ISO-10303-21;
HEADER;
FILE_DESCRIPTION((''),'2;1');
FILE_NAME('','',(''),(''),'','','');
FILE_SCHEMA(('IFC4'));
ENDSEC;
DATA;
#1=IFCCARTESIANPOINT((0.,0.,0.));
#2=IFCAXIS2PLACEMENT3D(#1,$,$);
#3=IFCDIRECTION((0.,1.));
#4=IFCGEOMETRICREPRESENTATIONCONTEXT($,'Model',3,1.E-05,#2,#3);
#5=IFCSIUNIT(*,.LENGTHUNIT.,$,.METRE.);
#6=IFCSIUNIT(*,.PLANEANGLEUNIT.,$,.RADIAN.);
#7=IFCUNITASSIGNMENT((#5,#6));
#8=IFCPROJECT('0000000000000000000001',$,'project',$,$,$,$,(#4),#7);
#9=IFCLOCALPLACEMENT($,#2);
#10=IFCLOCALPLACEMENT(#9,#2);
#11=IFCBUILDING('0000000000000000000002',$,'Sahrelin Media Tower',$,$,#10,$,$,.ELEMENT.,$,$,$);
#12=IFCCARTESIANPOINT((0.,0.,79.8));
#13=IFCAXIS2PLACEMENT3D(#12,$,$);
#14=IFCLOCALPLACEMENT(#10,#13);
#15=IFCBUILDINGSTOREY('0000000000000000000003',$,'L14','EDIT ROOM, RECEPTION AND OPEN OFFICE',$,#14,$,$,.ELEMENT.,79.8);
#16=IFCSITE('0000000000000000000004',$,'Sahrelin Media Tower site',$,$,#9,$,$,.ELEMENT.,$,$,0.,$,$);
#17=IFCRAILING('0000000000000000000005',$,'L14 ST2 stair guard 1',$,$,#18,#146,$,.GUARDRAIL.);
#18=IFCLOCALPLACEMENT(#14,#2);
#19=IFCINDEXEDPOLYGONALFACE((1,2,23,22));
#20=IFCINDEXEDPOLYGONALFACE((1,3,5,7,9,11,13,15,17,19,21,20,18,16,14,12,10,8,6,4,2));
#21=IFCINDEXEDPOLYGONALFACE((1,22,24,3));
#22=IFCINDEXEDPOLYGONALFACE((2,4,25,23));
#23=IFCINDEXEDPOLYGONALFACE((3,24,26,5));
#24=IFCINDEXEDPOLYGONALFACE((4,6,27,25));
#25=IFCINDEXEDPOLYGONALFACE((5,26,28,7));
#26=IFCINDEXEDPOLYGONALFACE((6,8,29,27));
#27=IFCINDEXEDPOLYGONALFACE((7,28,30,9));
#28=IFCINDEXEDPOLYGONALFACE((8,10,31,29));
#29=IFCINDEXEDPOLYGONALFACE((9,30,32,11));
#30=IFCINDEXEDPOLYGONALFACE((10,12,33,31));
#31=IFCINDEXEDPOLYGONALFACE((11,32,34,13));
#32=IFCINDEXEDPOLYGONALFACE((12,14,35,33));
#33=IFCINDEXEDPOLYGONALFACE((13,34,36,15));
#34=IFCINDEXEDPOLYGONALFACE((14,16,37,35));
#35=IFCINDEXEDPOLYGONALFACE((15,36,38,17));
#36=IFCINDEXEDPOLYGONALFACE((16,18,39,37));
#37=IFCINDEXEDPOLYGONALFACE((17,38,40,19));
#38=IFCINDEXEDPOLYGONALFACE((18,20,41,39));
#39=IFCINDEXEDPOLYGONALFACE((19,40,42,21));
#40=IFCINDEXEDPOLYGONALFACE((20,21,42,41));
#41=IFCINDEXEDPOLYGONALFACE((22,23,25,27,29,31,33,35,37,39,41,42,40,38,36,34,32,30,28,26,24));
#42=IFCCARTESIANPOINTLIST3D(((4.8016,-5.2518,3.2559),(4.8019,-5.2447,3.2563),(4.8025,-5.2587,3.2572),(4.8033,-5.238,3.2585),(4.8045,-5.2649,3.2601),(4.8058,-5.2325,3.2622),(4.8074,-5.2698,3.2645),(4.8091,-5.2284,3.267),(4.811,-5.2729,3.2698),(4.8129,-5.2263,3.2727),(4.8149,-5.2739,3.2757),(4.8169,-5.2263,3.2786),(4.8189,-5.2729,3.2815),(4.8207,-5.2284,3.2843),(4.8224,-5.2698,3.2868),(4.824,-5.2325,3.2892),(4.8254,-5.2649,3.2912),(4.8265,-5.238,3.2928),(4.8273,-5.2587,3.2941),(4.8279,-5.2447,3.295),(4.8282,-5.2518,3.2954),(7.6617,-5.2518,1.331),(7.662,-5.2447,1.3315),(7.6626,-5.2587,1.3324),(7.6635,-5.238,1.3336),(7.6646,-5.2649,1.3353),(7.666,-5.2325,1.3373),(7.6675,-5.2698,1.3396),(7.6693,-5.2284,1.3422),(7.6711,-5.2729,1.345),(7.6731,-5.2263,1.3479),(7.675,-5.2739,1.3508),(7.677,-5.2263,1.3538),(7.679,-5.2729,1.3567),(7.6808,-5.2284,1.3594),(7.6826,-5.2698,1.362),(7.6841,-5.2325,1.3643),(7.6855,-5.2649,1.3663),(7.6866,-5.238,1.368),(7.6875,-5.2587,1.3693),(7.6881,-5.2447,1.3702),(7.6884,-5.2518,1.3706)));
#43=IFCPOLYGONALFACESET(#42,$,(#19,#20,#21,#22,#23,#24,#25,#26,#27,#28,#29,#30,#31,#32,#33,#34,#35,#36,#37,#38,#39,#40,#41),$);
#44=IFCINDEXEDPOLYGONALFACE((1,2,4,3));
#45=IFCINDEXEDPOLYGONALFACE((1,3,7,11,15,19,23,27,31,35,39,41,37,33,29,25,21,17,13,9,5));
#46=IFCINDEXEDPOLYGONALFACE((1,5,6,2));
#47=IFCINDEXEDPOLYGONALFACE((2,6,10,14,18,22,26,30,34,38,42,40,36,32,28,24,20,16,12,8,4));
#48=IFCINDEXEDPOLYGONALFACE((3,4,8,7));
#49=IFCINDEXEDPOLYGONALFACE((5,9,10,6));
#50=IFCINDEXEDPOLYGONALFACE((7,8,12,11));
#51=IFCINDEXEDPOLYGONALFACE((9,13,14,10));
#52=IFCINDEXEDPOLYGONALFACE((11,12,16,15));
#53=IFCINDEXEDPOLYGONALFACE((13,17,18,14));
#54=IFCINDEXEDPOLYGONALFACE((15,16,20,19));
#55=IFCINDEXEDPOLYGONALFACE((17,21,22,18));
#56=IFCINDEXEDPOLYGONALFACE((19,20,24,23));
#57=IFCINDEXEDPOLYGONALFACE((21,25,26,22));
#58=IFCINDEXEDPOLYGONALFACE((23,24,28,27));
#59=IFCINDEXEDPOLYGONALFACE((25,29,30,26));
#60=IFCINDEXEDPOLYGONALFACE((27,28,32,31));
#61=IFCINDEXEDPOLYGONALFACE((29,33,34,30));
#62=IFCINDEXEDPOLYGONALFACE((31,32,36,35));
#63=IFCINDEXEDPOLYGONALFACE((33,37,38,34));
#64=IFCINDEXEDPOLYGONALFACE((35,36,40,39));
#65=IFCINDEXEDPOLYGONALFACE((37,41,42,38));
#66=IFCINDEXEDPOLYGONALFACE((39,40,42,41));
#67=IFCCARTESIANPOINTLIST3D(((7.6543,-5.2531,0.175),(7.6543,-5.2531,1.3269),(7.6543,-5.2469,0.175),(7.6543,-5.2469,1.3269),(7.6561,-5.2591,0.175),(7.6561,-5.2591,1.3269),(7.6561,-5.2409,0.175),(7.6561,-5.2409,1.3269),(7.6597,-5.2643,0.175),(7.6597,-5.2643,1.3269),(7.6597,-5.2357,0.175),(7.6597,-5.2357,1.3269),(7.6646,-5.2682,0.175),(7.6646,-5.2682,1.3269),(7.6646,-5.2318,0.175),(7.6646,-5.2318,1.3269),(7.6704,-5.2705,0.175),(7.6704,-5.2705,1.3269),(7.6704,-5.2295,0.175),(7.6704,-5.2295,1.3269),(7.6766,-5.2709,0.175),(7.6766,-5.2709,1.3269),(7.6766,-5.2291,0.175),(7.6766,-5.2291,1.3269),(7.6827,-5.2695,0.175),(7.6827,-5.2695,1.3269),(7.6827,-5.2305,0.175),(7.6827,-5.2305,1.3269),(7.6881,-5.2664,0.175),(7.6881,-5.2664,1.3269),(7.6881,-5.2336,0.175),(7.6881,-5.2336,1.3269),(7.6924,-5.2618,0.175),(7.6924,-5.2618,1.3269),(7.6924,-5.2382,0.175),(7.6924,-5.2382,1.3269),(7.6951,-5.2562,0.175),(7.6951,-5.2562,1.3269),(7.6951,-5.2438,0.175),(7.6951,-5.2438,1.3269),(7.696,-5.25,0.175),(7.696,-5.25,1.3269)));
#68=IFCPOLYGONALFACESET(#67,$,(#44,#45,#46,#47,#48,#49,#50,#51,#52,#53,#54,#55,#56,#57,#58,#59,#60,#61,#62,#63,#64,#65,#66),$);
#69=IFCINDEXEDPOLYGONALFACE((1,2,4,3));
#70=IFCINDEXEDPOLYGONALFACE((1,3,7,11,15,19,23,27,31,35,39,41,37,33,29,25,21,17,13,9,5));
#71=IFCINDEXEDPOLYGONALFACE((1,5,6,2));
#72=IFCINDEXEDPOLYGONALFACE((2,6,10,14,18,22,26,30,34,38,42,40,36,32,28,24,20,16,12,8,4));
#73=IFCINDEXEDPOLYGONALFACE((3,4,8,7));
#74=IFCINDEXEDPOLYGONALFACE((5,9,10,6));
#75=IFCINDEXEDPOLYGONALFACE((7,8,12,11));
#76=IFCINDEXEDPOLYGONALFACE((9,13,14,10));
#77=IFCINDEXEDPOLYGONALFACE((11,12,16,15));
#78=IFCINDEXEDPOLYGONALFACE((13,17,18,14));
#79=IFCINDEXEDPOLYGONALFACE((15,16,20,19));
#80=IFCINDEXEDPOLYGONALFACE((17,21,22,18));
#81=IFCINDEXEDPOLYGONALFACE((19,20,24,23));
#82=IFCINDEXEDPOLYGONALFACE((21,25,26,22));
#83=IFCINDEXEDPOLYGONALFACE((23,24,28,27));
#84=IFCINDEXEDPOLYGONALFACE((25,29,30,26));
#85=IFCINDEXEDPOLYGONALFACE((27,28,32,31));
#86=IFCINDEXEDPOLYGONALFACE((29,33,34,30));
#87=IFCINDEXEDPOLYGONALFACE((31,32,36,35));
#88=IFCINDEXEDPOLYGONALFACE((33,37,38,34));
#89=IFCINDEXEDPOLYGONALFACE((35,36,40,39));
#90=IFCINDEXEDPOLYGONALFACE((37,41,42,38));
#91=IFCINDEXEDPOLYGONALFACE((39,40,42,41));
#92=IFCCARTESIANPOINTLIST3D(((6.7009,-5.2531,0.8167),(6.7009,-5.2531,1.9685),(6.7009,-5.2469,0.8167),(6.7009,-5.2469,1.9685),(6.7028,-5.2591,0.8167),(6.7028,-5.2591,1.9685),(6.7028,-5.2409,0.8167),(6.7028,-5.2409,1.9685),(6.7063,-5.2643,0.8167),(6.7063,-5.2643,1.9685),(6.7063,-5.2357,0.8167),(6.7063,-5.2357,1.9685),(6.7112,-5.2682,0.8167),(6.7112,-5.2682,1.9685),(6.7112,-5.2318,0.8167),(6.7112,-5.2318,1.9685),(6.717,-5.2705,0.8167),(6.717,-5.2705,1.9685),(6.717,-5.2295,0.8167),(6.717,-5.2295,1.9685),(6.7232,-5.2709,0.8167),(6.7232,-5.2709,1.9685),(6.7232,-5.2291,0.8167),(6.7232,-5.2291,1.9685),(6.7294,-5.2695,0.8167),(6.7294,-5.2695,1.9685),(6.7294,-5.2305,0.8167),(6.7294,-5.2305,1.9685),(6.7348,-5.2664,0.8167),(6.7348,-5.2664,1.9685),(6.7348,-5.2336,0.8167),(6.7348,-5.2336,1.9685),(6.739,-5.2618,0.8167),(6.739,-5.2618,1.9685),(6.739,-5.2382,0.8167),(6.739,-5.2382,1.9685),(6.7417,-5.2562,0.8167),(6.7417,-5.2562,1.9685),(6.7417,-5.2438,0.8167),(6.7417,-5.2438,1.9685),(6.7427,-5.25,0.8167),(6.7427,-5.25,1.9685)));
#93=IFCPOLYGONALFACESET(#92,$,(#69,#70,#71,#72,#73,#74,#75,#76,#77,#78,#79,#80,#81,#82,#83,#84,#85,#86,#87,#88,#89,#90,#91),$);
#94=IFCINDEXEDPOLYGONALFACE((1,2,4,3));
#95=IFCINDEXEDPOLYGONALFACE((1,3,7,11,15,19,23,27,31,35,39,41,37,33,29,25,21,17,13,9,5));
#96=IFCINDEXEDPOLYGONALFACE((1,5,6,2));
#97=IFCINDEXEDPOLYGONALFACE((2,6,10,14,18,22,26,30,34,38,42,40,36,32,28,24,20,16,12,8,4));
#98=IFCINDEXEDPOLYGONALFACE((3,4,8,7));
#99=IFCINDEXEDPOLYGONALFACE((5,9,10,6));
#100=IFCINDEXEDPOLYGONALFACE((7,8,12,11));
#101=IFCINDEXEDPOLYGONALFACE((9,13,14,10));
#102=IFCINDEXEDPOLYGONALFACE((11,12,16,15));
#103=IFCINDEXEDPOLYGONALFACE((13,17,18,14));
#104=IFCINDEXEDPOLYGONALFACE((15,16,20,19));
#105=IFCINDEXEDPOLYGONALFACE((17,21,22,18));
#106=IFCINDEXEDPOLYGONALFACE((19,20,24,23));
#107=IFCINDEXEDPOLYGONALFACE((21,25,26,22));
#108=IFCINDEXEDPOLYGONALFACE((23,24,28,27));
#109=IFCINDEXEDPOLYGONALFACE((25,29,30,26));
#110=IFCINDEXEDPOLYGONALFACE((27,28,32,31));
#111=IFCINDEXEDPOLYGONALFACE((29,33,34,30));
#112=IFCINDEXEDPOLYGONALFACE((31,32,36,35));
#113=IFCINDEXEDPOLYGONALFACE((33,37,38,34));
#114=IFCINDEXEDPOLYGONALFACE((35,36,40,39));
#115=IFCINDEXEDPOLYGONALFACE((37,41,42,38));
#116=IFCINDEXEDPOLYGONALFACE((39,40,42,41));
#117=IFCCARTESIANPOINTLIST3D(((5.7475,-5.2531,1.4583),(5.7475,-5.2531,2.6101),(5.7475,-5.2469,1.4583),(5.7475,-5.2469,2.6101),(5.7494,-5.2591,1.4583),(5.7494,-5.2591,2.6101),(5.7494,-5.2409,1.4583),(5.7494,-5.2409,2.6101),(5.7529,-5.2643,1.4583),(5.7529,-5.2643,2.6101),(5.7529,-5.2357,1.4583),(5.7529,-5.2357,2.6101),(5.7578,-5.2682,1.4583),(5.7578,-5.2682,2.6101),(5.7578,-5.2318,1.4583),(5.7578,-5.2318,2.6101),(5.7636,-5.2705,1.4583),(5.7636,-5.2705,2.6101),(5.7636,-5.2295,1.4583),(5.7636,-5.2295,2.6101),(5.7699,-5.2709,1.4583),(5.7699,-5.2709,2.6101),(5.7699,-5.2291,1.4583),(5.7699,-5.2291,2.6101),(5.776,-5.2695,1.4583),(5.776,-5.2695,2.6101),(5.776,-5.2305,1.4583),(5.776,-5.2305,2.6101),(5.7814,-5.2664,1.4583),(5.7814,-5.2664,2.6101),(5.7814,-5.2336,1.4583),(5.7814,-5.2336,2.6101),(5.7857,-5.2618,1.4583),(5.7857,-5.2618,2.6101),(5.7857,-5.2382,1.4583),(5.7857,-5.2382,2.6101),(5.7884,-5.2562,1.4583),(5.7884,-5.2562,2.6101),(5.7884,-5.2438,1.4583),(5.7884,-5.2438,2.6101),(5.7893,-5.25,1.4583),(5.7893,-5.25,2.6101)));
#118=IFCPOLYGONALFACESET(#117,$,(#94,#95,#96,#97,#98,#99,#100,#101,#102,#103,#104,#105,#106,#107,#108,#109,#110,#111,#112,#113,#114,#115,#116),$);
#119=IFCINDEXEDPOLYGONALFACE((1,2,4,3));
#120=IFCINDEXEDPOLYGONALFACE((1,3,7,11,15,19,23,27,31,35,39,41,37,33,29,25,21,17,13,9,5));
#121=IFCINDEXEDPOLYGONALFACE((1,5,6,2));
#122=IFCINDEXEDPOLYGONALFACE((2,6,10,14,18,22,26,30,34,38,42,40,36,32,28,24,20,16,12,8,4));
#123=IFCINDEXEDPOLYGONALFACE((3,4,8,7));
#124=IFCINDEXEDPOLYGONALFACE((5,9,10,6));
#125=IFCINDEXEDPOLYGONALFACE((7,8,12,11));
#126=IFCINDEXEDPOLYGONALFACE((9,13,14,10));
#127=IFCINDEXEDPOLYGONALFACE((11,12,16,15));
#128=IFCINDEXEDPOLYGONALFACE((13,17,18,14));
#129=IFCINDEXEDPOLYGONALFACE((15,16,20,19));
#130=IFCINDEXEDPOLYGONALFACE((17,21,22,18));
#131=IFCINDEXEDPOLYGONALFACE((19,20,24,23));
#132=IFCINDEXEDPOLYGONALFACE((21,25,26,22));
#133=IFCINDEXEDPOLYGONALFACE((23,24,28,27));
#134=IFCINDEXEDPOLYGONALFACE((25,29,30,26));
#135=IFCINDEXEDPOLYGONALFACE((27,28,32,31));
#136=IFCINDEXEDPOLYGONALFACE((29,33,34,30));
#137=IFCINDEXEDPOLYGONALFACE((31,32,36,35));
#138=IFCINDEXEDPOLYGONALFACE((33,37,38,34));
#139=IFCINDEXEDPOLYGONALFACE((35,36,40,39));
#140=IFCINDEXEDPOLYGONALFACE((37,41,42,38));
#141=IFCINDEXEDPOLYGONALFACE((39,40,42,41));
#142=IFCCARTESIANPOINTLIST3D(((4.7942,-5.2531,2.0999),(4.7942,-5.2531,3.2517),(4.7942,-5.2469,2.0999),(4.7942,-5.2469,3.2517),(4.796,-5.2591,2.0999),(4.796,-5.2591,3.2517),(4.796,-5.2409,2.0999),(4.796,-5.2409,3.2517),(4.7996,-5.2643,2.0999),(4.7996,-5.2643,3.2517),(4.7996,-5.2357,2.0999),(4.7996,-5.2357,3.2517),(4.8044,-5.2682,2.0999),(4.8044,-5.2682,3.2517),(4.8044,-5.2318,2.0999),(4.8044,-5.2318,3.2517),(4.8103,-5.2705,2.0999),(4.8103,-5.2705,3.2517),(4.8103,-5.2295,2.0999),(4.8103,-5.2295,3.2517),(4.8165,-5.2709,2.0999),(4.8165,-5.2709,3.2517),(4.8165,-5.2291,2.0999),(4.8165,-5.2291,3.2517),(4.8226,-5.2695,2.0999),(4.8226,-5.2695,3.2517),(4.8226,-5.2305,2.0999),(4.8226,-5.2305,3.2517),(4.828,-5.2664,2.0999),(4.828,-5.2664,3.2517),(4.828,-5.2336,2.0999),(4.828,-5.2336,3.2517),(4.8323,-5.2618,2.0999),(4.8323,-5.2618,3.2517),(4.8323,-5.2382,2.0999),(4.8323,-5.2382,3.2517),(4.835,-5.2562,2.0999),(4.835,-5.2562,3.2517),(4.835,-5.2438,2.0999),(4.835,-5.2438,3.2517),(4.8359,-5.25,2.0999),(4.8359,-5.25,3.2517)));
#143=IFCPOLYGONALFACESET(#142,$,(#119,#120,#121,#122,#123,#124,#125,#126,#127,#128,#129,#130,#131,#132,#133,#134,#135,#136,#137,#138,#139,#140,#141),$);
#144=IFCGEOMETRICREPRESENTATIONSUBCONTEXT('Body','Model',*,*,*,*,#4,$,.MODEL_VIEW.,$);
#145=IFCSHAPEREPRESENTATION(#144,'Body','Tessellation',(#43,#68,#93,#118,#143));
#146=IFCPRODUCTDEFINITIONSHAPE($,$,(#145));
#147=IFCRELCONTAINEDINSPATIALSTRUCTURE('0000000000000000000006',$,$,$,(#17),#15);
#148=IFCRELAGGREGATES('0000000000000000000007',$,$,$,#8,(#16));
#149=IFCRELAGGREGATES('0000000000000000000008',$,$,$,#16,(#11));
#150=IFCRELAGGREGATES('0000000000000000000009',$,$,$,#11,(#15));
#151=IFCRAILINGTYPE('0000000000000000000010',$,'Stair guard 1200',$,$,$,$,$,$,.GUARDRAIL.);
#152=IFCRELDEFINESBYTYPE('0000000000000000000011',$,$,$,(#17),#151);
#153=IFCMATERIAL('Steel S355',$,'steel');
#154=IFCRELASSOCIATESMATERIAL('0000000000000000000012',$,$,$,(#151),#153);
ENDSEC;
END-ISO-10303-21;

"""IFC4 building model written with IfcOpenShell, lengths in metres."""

from ifc_helpers import new_model, si_unit, direction, frame, origin, origin_2d, place, context, subcontext, project, spatial, circle, extrude, material, type_object, element, save


model = new_model("IFC4")

# Units and contexts
model_context = context("Model", 3, precision=1e-05, world=origin(), true_north=direction((0.0, 1.0)))
body_context = subcontext(model_context, "Body", "Model", "MODEL_VIEW")
ifc_project = project(units=[si_unit("LENGTHUNIT", "METRE"), si_unit("PLANEANGLEUNIT", "RADIAN")], contexts=[model_context])

# Site, building, storey
site_placement = place(None, origin())
site = spatial("IfcSite", under=ifc_project, at=site_placement, Name="Sahrelin Media Tower site", CompositionType="ELEMENT", RefElevation=0.0)
building_placement = place(site_placement, origin())
building = spatial("IfcBuilding", under=site, at=building_placement, Name="Sahrelin Media Tower", CompositionType="ELEMENT")
storey_placement = place(building_placement, frame((0.0, 0.0, 79.8)))
storey = spatial("IfcBuildingStorey", under=building, at=storey_placement, Name="L14", Description="EDIT ROOM, RECEPTION AND OPEN OFFICE", CompositionType="ELEMENT", Elevation=79.8)

# Railing
ifc_material_1 = material(Name="Steel S355", Category="steel")
railing_type_1 = type_object("IfcRailingType", Name="Stair guard 1200", PredefinedType="GUARDRAIL", material=ifc_material_1)
railing_1_placement = place(storey_placement, frame((7.675, -5.25, 0.175)))
element("IfcRailing", 1, at=railing_1_placement, inside=storey, type_object=railing_type_1, Name="L14 ST2 stair guard 1", PredefinedType="GUARDRAIL", context=body_context, shape_type="SweptSolid", body=[
    extrude(circle(Radius=0.0239, at=origin_2d()), frame((0.0, 0.0, 1.1758), z_axis=(-0.829624, 0.0, 0.558323), x_axis=(0.0, -1.0, 0.0)), (0.0, 0.0, 1.0), 3.4475),
    extrude(circle(Radius=0.021, at=origin_2d()), origin(), (0.0, 0.0, 1.0), 1.1519),
    extrude(circle(Radius=0.021, at=origin_2d()), frame((-0.9534, 0.0, 0.6416)), (0.0, 0.0, 1.0), 1.1519),
    extrude(circle(Radius=0.021, at=origin_2d()), frame((-1.9067, 0.0, 1.2832)), (0.0, 0.0, 1.0), 1.1519),
    extrude(circle(Radius=0.021, at=origin_2d()), frame((-2.8601, 0.0, 1.9248)), (0.0, 0.0, 1.0), 1.1519),
])

save(model, "model.ifc")
